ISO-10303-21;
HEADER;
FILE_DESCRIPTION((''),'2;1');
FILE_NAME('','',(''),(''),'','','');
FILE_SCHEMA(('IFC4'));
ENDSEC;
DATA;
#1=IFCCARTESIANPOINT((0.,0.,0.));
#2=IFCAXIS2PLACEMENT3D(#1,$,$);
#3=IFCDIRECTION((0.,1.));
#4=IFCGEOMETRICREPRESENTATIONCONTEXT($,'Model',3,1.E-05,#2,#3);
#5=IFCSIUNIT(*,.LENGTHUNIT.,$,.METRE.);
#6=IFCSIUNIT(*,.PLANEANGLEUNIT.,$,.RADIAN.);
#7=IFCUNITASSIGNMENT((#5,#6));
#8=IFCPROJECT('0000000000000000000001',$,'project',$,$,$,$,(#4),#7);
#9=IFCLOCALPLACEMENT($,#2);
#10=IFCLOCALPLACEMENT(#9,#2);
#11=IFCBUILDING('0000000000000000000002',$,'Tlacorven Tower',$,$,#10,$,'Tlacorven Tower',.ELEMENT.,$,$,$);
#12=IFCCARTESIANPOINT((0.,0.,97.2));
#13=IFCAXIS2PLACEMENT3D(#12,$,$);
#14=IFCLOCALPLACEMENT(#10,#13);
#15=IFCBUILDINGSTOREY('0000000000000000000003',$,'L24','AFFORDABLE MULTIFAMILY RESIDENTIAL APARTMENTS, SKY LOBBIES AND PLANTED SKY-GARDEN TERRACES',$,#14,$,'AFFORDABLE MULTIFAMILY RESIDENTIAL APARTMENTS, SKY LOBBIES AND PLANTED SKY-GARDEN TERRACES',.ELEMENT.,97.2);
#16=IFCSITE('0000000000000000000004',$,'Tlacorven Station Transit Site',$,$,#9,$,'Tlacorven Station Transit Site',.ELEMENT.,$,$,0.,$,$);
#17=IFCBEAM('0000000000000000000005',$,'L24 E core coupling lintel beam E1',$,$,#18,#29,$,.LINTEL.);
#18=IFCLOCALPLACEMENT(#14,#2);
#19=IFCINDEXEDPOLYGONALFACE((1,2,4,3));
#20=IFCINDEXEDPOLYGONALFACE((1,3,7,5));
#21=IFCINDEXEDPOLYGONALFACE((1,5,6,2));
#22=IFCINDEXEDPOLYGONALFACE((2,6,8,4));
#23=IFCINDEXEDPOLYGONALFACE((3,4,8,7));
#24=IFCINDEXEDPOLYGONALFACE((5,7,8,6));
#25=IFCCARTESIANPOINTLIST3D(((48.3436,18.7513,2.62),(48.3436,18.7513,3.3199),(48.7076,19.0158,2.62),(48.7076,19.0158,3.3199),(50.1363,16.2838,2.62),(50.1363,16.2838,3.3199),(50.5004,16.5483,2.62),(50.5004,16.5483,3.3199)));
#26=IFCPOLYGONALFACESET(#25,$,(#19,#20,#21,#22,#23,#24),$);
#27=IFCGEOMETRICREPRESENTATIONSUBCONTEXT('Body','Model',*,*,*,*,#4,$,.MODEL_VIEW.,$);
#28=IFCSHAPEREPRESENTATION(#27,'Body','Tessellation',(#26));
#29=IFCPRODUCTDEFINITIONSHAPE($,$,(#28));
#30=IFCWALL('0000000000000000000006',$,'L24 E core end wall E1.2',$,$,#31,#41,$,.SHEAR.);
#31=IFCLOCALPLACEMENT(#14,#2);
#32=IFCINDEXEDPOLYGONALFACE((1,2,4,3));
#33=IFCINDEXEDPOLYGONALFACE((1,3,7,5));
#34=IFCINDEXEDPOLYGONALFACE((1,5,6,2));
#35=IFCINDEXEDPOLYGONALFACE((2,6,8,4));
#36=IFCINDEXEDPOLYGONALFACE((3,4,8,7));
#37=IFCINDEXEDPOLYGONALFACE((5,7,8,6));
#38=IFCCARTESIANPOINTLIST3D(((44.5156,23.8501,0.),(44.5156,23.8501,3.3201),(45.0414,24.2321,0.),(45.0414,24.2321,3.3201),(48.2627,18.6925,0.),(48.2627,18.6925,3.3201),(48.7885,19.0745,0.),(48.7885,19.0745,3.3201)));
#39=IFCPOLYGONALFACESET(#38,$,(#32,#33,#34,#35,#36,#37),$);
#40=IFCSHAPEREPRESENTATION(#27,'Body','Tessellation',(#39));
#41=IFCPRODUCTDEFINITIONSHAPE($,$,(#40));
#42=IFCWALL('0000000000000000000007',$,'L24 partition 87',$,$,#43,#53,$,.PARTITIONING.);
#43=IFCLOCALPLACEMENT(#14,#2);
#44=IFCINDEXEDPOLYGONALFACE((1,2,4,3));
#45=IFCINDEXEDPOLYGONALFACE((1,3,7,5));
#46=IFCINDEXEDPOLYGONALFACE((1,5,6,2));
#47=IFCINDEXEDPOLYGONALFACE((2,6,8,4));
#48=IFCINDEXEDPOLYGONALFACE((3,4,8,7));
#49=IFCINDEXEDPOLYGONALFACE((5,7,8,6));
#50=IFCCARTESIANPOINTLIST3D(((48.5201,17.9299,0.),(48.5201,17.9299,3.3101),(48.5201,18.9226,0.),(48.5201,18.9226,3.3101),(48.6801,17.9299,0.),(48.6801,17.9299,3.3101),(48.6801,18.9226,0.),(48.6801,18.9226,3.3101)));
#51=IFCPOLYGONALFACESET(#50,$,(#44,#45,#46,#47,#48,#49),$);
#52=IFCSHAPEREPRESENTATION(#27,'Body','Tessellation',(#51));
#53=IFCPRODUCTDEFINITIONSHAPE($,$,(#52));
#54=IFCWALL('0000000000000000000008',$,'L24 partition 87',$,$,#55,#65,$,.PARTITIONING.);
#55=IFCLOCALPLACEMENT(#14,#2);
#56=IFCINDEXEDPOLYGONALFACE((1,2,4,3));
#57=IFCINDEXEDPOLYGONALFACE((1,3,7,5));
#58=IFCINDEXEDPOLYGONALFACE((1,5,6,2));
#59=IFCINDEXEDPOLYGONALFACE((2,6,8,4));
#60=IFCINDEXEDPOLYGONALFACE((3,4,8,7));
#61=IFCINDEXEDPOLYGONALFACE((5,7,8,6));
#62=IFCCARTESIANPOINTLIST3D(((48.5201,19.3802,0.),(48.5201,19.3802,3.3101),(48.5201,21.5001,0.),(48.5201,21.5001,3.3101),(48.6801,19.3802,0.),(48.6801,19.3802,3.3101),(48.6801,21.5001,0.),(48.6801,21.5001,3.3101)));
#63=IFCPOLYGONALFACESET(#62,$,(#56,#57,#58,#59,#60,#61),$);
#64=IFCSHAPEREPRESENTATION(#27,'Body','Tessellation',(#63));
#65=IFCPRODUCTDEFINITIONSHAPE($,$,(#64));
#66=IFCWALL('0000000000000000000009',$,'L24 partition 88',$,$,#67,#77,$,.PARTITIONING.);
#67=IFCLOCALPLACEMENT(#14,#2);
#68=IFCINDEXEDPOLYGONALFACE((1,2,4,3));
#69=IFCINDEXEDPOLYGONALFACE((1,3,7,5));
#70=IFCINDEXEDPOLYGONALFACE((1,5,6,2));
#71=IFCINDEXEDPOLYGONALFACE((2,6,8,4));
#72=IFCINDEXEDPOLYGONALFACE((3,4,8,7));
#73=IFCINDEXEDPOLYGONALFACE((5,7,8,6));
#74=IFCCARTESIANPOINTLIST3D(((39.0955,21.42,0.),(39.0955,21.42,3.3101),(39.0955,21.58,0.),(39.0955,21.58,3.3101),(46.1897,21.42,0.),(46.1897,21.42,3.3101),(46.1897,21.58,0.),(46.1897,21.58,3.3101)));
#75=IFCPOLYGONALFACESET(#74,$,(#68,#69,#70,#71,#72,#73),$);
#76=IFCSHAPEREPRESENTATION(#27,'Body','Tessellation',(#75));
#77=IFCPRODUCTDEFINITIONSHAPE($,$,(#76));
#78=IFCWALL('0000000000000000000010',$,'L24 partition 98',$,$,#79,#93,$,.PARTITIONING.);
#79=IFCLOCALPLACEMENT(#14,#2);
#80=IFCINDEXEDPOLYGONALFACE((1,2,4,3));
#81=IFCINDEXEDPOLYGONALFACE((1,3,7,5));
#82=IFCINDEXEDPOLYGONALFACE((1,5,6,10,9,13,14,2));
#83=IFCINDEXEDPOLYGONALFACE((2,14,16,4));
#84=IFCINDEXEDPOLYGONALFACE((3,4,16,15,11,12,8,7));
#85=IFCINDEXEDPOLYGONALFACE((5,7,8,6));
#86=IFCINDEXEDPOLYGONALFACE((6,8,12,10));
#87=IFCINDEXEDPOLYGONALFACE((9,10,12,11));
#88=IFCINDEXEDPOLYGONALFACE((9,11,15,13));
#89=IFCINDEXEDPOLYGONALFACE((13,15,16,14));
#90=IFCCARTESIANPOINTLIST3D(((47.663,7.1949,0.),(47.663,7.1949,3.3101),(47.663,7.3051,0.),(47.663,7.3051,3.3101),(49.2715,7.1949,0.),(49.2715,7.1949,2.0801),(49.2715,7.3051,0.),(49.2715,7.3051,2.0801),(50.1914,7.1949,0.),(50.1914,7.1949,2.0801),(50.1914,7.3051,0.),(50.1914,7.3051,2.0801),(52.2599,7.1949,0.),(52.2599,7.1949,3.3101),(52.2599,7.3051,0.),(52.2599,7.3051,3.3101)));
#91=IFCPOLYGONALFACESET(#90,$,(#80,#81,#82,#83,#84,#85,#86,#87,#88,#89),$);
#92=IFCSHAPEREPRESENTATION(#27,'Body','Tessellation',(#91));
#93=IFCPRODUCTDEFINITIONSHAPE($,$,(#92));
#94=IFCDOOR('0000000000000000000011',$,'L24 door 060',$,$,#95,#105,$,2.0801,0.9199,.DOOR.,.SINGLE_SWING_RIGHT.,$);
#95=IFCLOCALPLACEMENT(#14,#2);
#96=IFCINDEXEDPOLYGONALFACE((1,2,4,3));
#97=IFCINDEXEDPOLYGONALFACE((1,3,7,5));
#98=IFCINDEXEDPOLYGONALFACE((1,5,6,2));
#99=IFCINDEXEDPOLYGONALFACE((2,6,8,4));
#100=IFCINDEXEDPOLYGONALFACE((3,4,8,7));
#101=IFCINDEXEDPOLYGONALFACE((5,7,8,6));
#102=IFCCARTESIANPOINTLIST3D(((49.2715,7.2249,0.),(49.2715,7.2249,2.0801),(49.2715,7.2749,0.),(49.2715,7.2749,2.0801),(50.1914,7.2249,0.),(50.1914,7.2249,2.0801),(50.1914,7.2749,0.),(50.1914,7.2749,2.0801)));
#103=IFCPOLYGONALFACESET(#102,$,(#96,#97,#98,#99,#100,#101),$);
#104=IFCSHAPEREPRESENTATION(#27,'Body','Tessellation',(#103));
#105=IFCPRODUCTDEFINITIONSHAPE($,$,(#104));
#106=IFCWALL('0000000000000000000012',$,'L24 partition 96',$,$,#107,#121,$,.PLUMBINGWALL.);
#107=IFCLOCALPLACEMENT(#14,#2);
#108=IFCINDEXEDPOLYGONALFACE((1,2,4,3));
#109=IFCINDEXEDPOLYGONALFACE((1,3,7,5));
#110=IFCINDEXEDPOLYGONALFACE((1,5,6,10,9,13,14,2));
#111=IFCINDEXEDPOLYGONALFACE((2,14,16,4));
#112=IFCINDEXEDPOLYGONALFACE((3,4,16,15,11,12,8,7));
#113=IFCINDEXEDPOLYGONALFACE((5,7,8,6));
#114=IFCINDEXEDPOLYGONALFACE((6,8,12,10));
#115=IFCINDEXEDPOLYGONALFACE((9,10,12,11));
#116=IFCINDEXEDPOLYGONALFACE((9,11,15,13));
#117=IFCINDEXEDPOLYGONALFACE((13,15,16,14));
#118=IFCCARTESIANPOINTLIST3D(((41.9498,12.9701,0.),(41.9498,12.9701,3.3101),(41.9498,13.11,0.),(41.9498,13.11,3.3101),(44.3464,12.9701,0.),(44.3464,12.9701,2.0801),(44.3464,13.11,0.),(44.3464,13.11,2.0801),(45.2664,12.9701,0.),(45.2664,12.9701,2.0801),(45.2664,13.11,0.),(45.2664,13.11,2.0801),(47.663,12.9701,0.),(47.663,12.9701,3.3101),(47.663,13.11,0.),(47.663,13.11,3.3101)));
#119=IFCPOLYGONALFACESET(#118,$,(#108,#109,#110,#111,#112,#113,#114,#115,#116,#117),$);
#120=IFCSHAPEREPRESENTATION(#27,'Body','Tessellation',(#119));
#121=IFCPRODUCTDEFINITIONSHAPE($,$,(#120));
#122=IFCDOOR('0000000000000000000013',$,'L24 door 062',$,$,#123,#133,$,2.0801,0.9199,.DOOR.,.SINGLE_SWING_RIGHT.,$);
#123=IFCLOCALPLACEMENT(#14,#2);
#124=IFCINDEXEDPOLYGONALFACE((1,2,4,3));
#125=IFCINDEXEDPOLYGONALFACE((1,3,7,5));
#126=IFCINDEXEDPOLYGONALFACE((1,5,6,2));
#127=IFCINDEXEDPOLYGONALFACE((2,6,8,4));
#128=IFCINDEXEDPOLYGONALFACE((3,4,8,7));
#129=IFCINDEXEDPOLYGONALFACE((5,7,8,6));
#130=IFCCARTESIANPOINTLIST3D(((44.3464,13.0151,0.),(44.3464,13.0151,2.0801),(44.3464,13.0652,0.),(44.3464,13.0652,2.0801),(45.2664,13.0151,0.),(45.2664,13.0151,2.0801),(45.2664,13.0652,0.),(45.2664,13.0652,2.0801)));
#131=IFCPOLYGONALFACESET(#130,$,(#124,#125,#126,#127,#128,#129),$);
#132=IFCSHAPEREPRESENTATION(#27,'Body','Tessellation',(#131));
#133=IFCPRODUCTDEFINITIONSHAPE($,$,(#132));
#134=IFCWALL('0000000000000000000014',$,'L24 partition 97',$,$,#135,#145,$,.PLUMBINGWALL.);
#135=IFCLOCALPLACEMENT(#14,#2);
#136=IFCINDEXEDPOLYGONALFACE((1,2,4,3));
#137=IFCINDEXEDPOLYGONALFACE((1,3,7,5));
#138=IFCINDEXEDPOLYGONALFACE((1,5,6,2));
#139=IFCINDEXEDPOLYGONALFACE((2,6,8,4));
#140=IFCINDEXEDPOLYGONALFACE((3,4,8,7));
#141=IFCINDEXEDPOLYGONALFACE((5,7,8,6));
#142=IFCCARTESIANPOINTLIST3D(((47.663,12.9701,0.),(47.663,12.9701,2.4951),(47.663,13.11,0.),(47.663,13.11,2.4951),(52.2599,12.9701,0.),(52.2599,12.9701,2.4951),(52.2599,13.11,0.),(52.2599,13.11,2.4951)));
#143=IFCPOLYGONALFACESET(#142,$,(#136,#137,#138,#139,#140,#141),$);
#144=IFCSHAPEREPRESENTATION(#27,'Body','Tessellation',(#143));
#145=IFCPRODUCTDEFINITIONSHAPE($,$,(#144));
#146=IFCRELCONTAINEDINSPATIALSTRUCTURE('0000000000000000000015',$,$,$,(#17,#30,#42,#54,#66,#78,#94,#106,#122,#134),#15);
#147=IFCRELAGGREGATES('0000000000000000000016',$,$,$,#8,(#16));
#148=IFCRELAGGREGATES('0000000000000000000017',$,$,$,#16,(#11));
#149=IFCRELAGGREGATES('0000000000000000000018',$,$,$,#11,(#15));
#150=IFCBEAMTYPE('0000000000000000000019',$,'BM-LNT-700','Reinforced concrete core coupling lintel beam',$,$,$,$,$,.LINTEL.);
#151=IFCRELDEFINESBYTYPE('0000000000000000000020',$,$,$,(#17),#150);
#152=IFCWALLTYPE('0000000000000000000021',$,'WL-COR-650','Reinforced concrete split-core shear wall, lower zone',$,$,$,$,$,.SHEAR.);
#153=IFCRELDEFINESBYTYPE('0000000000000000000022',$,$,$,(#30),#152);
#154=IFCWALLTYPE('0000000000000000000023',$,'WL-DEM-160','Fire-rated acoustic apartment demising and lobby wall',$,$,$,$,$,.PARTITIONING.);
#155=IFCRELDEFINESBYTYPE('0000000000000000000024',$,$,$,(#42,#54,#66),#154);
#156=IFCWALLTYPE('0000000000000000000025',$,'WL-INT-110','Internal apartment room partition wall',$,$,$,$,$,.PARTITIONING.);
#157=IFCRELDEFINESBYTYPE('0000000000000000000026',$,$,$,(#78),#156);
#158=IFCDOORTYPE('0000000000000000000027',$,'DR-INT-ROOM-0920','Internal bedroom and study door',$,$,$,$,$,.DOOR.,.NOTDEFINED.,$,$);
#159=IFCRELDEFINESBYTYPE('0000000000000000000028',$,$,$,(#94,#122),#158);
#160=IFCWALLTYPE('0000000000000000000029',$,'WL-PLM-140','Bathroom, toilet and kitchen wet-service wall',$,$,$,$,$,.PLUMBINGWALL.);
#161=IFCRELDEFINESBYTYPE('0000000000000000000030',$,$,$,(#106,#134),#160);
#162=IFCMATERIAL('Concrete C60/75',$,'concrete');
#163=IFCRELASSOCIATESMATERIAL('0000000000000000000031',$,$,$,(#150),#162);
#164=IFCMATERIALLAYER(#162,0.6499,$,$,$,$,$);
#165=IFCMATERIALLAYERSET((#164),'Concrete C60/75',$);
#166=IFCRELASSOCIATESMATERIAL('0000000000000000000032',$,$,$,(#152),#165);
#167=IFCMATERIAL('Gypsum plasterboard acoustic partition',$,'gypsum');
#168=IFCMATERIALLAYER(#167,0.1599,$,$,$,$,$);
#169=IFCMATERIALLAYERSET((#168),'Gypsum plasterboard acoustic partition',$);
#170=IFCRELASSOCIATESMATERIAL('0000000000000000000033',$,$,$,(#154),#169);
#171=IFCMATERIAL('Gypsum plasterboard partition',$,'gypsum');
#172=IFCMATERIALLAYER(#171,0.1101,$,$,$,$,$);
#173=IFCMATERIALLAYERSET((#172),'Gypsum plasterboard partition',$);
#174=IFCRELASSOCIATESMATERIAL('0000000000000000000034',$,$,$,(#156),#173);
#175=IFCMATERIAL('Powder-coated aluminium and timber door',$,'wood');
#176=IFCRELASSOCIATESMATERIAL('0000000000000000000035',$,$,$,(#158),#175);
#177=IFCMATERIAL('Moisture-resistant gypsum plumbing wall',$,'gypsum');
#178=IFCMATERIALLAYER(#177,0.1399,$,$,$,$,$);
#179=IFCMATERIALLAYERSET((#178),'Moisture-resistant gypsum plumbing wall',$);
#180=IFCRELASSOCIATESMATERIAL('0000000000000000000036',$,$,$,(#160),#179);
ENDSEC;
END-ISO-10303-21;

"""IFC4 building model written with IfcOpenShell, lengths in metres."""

from ifc_helpers import new_model, si_unit, direction, frame, frame_2d, origin, origin_2d, place, context, subcontext, project, spatial, rectangle, extrude, source, transform, mapped, material, layer, layer_set, material_profile, profile_set, type_object, element, fill, save


model = new_model("IFC4")

# Units and contexts
model_context = context("Model", 3, precision=1e-05, world=origin(), true_north=direction((0.0, 1.0)))
body_context = subcontext(model_context, "Body", "Model", "MODEL_VIEW")
ifc_project = project(units=[si_unit("LENGTHUNIT", "METRE"), si_unit("PLANEANGLEUNIT", "RADIAN")], contexts=[model_context])

# Site, building, storey
site_placement = place(None, origin())
site = spatial("IfcSite", under=ifc_project, at=site_placement, Name="Tlacorven Station Transit Site", LongName="Tlacorven Station Transit Site", CompositionType="ELEMENT", RefElevation=0.0)
building_placement = place(site_placement, origin())
building = spatial("IfcBuilding", under=site, at=building_placement, Name="Tlacorven Tower", LongName="Tlacorven Tower", CompositionType="ELEMENT")
storey_placement = place(building_placement, frame((0.0, 0.0, 97.2)))
storey = spatial("IfcBuildingStorey", under=building, at=storey_placement, Name="L24", Description="AFFORDABLE MULTIFAMILY RESIDENTIAL APARTMENTS, SKY LOBBIES AND PLANTED SKY-GARDEN TERRACES", LongName="AFFORDABLE MULTIFAMILY RESIDENTIAL APARTMENTS, SKY LOBBIES AND PLANTED SKY-GARDEN TERRACES", CompositionType="ELEMENT", Elevation=97.2)

# Beam
ifc_material_1 = material(Name="Concrete C60/75", Category="concrete")
ifc_material_profile = material_profile(ifc_material_1, rectangle(XDim=0.45, YDim=0.7, at=origin_2d()), Name="RC 450X700")
ifc_profile_set = profile_set([ifc_material_profile], Name="Concrete C60/75")
beam_type = type_object("IfcBeamType", Name="BM-LNT-700", Description="Reinforced concrete core coupling lintel beam", PredefinedType="LINTEL", material=ifc_profile_set)
shared_shape_1 = source(origin(), body_context, "Body", "SweptSolid", [
    extrude(rectangle(XDim=0.45, YDim=0.7, at=origin_2d()), origin(), (0.0, 0.0, 1.0), 3.05),
])
beam_placement = place(storey_placement, frame((50.3184, 16.416, 2.97), z_axis=(-0.587777, 0.809023, 0.0), x_axis=(-0.809023, -0.587777, 0.0)))
element("IfcBeam", 1, at=beam_placement, inside=storey, type_object=beam_type, Name="L24 E core coupling lintel beam E1", PredefinedType="LINTEL", context=body_context, shape_type="MappedRepresentation", body=[
    mapped(shared_shape_1, transform((0.0, 0.0, 0.0), scale=1.0)),
])

# Walls
ifc_layer_1 = layer(ifc_material_1, 0.6499)
ifc_layer_set_1 = layer_set([ifc_layer_1], Name="Concrete C60/75")
wall_type_1 = type_object("IfcWallType", Name="WL-COR-650", Description="Reinforced concrete split-core shear wall, lower zone", PredefinedType="SHEAR", material=ifc_layer_set_1)
wall_1_placement = place(storey_placement, frame((48.5256, 18.8835, 0.0), z_axis=(0.0, 0.0, 1.0), x_axis=(-0.58778, 0.809021, 0.0)))
element("IfcWall", 2, at=wall_1_placement, inside=storey, type_object=wall_type_1, Name="L24 E core end wall E1.2", PredefinedType="SHEAR", context=body_context, shape_type="SweptSolid", body=[
    extrude(rectangle(XDim=6.375, YDim=0.6499, at=frame_2d((3.1875, 0.0))), origin(), (0.0, 0.0, 1.0), 3.3201),
])
ifc_material_2 = material(Name="Gypsum plasterboard acoustic partition", Category="gypsum")
ifc_layer_2 = layer(ifc_material_2, 0.1599)
ifc_layer_set_2 = layer_set([ifc_layer_2], Name="Gypsum plasterboard acoustic partition")
wall_type_2 = type_object("IfcWallType", Name="WL-DEM-160", Description="Fire-rated acoustic apartment demising and lobby wall", PredefinedType="PARTITIONING", material=ifc_layer_set_2)
wall_2_placement = place(storey_placement, frame((48.6001, 17.9299, 0.0), z_axis=(0.0, 0.0, 1.0), x_axis=(0.0, 1.0, 0.0)))
element("IfcWall", 3, at=wall_2_placement, inside=storey, type_object=wall_type_2, Name="L24 partition 87", PredefinedType="PARTITIONING", context=body_context, shape_type="SweptSolid", body=[
    extrude(rectangle(XDim=0.9927, YDim=0.1599, at=frame_2d((0.4963, 0.0))), origin(), (0.0, 0.0, 1.0), 3.3101),
])
wall_3_placement = place(storey_placement, frame((48.6001, 19.3801, 0.0), z_axis=(0.0, 0.0, 1.0), x_axis=(0.0, 1.0, 0.0)))
element("IfcWall", 4, at=wall_3_placement, inside=storey, type_object=wall_type_2, Name="L24 partition 87", PredefinedType="PARTITIONING", context=body_context, shape_type="SweptSolid", body=[
    extrude(rectangle(XDim=2.1199, YDim=0.1599, at=frame_2d((1.0601, 0.0))), origin(), (0.0, 0.0, 1.0), 3.3101),
])
wall_4_placement = place(storey_placement, frame((39.0955, 21.5, 0.0), z_axis=(0.0, 0.0, 1.0), x_axis=(1.0, 0.0, 0.0)))
element("IfcWall", 5, at=wall_4_placement, inside=storey, type_object=wall_type_2, Name="L24 partition 88", PredefinedType="PARTITIONING", context=body_context, shape_type="SweptSolid", body=[
    extrude(rectangle(XDim=7.0942, YDim=0.1599, at=frame_2d((3.5471, 0.0))), origin(), (0.0, 0.0, 1.0), 3.3101),
])

# Walls, openings, doors
ifc_material_3 = material(Name="Gypsum plasterboard partition", Category="gypsum")
ifc_layer_3 = layer(ifc_material_3, 0.1101)
ifc_layer_set_3 = layer_set([ifc_layer_3], Name="Gypsum plasterboard partition")
wall_type_3 = type_object("IfcWallType", Name="WL-INT-110", Description="Internal apartment room partition wall", PredefinedType="PARTITIONING", material=ifc_layer_set_3)
wall_5_placement = place(storey_placement, frame((47.6631, 7.25, 0.0), z_axis=(0.0, 0.0, 1.0), x_axis=(1.0, 0.0, 0.0)))
wall_5 = element("IfcWall", 6, at=wall_5_placement, inside=storey, type_object=wall_type_3, Name="L24 partition 98", PredefinedType="PARTITIONING", context=body_context, shape_type="SweptSolid", body=[
    extrude(rectangle(XDim=4.5969, YDim=0.1101, at=frame_2d((2.2983, 0.0))), origin(), (0.0, 0.0, 1.0), 3.3101),
])
opening_1_placement = place(wall_5_placement, frame((1.6084, 0.0, 0.0)))
opening_1 = element("IfcOpeningElement", 7, at=opening_1_placement, cuts=wall_5, PredefinedType="OPENING", context=body_context, shape_type="SweptSolid", body=[
    extrude(rectangle(XDim=0.9199, YDim=2.0801, at=frame_2d((0.46, 1.04))), frame((0.0, 0.0649, 0.0), z_axis=(0.0, -1.0, 0.0), x_axis=(1.0, 0.0, 0.0)), (0.0, 0.0, 1.0), 0.1301),
])
ifc_material_4 = material(Name="Powder-coated aluminium and timber door", Category="wood")
door_type_1 = type_object("IfcDoorType", Name="DR-INT-ROOM-0920", Description="Internal bedroom and study door", OperationType="NOTDEFINED", PredefinedType="DOOR", material=ifc_material_4)
shared_shape_2 = source(origin(), body_context, "Body", "SweptSolid", [
    extrude(rectangle(XDim=0.9199, YDim=2.0801, at=frame_2d((0.46, 1.04))), frame((0.0, 0.0249, 0.0), z_axis=(0.0, -1.0, 0.0), x_axis=(1.0, 0.0, 0.0)), (0.0, 0.0, 1.0), 0.05),
])
door_1_placement = place(opening_1_placement, origin())
door_1 = element("IfcDoor", 8, at=door_1_placement, inside=storey, type_object=door_type_1, Name="L24 door 060", OperationType="SINGLE_SWING_RIGHT", OverallHeight=2.0801, OverallWidth=0.9199, PredefinedType="DOOR", context=body_context, shape_type="MappedRepresentation", body=[
    mapped(shared_shape_2, transform((0.0, 0.0, 0.0), scale=1.0)),
])
fill(opening_1, door_1)
ifc_material_5 = material(Name="Moisture-resistant gypsum plumbing wall", Category="gypsum")
ifc_layer_4 = layer(ifc_material_5, 0.1399)
ifc_layer_set_4 = layer_set([ifc_layer_4], Name="Moisture-resistant gypsum plumbing wall")
wall_type_4 = type_object("IfcWallType", Name="WL-PLM-140", Description="Bathroom, toilet and kitchen wet-service wall", PredefinedType="PLUMBINGWALL", material=ifc_layer_set_4)
wall_6_placement = place(storey_placement, frame((41.95, 13.04, 0.0), z_axis=(0.0, 0.0, 1.0), x_axis=(1.0, 0.0, 0.0)))
wall_6 = element("IfcWall", 9, at=wall_6_placement, inside=storey, type_object=wall_type_4, Name="L24 partition 96", PredefinedType="PLUMBINGWALL", context=body_context, shape_type="SweptSolid", body=[
    extrude(rectangle(XDim=5.7131, YDim=0.1399, at=frame_2d((2.8564, 0.0))), origin(), (0.0, 0.0, 1.0), 3.3101),
])
opening_2_placement = place(wall_6_placement, frame((2.3965, 0.0, 0.0)))
opening_2 = element("IfcOpeningElement", 10, at=opening_2_placement, cuts=wall_6, PredefinedType="OPENING", context=body_context, shape_type="SweptSolid", body=[
    extrude(rectangle(XDim=0.9199, YDim=2.0801, at=frame_2d((0.46, 1.04))), frame((0.0, 0.0801, 0.0), z_axis=(0.0, -1.0, 0.0), x_axis=(1.0, 0.0, 0.0)), (0.0, 0.0, 1.0), 0.1599),
])
door_2_placement = place(opening_2_placement, frame((0.9199, 0.0, 0.0), z_axis=(0.0, 0.0, 1.0), x_axis=(-1.0, 0.0, 0.0)))
door_2 = element("IfcDoor", 11, at=door_2_placement, inside=storey, type_object=door_type_1, Name="L24 door 062", OperationType="SINGLE_SWING_RIGHT", OverallHeight=2.0801, OverallWidth=0.9199, PredefinedType="DOOR", context=body_context, shape_type="MappedRepresentation", body=[
    mapped(shared_shape_2, transform((0.0, 0.0, 0.0), scale=1.0)),
])
fill(opening_2, door_2)

# Wall
wall_7_placement = place(storey_placement, frame((47.6631, 13.04, 0.0), z_axis=(0.0, 0.0, 1.0), x_axis=(1.0, 0.0, 0.0)))
element("IfcWall", 12, at=wall_7_placement, inside=storey, type_object=wall_type_4, Name="L24 partition 97", PredefinedType="PLUMBINGWALL", context=body_context, shape_type="SweptSolid", body=[
    extrude(rectangle(XDim=4.5969, YDim=0.1399, at=frame_2d((2.2983, 0.0))), origin(), (0.0, 0.0, 1.0), 2.4951),
])

save(model, "model.ifc")
